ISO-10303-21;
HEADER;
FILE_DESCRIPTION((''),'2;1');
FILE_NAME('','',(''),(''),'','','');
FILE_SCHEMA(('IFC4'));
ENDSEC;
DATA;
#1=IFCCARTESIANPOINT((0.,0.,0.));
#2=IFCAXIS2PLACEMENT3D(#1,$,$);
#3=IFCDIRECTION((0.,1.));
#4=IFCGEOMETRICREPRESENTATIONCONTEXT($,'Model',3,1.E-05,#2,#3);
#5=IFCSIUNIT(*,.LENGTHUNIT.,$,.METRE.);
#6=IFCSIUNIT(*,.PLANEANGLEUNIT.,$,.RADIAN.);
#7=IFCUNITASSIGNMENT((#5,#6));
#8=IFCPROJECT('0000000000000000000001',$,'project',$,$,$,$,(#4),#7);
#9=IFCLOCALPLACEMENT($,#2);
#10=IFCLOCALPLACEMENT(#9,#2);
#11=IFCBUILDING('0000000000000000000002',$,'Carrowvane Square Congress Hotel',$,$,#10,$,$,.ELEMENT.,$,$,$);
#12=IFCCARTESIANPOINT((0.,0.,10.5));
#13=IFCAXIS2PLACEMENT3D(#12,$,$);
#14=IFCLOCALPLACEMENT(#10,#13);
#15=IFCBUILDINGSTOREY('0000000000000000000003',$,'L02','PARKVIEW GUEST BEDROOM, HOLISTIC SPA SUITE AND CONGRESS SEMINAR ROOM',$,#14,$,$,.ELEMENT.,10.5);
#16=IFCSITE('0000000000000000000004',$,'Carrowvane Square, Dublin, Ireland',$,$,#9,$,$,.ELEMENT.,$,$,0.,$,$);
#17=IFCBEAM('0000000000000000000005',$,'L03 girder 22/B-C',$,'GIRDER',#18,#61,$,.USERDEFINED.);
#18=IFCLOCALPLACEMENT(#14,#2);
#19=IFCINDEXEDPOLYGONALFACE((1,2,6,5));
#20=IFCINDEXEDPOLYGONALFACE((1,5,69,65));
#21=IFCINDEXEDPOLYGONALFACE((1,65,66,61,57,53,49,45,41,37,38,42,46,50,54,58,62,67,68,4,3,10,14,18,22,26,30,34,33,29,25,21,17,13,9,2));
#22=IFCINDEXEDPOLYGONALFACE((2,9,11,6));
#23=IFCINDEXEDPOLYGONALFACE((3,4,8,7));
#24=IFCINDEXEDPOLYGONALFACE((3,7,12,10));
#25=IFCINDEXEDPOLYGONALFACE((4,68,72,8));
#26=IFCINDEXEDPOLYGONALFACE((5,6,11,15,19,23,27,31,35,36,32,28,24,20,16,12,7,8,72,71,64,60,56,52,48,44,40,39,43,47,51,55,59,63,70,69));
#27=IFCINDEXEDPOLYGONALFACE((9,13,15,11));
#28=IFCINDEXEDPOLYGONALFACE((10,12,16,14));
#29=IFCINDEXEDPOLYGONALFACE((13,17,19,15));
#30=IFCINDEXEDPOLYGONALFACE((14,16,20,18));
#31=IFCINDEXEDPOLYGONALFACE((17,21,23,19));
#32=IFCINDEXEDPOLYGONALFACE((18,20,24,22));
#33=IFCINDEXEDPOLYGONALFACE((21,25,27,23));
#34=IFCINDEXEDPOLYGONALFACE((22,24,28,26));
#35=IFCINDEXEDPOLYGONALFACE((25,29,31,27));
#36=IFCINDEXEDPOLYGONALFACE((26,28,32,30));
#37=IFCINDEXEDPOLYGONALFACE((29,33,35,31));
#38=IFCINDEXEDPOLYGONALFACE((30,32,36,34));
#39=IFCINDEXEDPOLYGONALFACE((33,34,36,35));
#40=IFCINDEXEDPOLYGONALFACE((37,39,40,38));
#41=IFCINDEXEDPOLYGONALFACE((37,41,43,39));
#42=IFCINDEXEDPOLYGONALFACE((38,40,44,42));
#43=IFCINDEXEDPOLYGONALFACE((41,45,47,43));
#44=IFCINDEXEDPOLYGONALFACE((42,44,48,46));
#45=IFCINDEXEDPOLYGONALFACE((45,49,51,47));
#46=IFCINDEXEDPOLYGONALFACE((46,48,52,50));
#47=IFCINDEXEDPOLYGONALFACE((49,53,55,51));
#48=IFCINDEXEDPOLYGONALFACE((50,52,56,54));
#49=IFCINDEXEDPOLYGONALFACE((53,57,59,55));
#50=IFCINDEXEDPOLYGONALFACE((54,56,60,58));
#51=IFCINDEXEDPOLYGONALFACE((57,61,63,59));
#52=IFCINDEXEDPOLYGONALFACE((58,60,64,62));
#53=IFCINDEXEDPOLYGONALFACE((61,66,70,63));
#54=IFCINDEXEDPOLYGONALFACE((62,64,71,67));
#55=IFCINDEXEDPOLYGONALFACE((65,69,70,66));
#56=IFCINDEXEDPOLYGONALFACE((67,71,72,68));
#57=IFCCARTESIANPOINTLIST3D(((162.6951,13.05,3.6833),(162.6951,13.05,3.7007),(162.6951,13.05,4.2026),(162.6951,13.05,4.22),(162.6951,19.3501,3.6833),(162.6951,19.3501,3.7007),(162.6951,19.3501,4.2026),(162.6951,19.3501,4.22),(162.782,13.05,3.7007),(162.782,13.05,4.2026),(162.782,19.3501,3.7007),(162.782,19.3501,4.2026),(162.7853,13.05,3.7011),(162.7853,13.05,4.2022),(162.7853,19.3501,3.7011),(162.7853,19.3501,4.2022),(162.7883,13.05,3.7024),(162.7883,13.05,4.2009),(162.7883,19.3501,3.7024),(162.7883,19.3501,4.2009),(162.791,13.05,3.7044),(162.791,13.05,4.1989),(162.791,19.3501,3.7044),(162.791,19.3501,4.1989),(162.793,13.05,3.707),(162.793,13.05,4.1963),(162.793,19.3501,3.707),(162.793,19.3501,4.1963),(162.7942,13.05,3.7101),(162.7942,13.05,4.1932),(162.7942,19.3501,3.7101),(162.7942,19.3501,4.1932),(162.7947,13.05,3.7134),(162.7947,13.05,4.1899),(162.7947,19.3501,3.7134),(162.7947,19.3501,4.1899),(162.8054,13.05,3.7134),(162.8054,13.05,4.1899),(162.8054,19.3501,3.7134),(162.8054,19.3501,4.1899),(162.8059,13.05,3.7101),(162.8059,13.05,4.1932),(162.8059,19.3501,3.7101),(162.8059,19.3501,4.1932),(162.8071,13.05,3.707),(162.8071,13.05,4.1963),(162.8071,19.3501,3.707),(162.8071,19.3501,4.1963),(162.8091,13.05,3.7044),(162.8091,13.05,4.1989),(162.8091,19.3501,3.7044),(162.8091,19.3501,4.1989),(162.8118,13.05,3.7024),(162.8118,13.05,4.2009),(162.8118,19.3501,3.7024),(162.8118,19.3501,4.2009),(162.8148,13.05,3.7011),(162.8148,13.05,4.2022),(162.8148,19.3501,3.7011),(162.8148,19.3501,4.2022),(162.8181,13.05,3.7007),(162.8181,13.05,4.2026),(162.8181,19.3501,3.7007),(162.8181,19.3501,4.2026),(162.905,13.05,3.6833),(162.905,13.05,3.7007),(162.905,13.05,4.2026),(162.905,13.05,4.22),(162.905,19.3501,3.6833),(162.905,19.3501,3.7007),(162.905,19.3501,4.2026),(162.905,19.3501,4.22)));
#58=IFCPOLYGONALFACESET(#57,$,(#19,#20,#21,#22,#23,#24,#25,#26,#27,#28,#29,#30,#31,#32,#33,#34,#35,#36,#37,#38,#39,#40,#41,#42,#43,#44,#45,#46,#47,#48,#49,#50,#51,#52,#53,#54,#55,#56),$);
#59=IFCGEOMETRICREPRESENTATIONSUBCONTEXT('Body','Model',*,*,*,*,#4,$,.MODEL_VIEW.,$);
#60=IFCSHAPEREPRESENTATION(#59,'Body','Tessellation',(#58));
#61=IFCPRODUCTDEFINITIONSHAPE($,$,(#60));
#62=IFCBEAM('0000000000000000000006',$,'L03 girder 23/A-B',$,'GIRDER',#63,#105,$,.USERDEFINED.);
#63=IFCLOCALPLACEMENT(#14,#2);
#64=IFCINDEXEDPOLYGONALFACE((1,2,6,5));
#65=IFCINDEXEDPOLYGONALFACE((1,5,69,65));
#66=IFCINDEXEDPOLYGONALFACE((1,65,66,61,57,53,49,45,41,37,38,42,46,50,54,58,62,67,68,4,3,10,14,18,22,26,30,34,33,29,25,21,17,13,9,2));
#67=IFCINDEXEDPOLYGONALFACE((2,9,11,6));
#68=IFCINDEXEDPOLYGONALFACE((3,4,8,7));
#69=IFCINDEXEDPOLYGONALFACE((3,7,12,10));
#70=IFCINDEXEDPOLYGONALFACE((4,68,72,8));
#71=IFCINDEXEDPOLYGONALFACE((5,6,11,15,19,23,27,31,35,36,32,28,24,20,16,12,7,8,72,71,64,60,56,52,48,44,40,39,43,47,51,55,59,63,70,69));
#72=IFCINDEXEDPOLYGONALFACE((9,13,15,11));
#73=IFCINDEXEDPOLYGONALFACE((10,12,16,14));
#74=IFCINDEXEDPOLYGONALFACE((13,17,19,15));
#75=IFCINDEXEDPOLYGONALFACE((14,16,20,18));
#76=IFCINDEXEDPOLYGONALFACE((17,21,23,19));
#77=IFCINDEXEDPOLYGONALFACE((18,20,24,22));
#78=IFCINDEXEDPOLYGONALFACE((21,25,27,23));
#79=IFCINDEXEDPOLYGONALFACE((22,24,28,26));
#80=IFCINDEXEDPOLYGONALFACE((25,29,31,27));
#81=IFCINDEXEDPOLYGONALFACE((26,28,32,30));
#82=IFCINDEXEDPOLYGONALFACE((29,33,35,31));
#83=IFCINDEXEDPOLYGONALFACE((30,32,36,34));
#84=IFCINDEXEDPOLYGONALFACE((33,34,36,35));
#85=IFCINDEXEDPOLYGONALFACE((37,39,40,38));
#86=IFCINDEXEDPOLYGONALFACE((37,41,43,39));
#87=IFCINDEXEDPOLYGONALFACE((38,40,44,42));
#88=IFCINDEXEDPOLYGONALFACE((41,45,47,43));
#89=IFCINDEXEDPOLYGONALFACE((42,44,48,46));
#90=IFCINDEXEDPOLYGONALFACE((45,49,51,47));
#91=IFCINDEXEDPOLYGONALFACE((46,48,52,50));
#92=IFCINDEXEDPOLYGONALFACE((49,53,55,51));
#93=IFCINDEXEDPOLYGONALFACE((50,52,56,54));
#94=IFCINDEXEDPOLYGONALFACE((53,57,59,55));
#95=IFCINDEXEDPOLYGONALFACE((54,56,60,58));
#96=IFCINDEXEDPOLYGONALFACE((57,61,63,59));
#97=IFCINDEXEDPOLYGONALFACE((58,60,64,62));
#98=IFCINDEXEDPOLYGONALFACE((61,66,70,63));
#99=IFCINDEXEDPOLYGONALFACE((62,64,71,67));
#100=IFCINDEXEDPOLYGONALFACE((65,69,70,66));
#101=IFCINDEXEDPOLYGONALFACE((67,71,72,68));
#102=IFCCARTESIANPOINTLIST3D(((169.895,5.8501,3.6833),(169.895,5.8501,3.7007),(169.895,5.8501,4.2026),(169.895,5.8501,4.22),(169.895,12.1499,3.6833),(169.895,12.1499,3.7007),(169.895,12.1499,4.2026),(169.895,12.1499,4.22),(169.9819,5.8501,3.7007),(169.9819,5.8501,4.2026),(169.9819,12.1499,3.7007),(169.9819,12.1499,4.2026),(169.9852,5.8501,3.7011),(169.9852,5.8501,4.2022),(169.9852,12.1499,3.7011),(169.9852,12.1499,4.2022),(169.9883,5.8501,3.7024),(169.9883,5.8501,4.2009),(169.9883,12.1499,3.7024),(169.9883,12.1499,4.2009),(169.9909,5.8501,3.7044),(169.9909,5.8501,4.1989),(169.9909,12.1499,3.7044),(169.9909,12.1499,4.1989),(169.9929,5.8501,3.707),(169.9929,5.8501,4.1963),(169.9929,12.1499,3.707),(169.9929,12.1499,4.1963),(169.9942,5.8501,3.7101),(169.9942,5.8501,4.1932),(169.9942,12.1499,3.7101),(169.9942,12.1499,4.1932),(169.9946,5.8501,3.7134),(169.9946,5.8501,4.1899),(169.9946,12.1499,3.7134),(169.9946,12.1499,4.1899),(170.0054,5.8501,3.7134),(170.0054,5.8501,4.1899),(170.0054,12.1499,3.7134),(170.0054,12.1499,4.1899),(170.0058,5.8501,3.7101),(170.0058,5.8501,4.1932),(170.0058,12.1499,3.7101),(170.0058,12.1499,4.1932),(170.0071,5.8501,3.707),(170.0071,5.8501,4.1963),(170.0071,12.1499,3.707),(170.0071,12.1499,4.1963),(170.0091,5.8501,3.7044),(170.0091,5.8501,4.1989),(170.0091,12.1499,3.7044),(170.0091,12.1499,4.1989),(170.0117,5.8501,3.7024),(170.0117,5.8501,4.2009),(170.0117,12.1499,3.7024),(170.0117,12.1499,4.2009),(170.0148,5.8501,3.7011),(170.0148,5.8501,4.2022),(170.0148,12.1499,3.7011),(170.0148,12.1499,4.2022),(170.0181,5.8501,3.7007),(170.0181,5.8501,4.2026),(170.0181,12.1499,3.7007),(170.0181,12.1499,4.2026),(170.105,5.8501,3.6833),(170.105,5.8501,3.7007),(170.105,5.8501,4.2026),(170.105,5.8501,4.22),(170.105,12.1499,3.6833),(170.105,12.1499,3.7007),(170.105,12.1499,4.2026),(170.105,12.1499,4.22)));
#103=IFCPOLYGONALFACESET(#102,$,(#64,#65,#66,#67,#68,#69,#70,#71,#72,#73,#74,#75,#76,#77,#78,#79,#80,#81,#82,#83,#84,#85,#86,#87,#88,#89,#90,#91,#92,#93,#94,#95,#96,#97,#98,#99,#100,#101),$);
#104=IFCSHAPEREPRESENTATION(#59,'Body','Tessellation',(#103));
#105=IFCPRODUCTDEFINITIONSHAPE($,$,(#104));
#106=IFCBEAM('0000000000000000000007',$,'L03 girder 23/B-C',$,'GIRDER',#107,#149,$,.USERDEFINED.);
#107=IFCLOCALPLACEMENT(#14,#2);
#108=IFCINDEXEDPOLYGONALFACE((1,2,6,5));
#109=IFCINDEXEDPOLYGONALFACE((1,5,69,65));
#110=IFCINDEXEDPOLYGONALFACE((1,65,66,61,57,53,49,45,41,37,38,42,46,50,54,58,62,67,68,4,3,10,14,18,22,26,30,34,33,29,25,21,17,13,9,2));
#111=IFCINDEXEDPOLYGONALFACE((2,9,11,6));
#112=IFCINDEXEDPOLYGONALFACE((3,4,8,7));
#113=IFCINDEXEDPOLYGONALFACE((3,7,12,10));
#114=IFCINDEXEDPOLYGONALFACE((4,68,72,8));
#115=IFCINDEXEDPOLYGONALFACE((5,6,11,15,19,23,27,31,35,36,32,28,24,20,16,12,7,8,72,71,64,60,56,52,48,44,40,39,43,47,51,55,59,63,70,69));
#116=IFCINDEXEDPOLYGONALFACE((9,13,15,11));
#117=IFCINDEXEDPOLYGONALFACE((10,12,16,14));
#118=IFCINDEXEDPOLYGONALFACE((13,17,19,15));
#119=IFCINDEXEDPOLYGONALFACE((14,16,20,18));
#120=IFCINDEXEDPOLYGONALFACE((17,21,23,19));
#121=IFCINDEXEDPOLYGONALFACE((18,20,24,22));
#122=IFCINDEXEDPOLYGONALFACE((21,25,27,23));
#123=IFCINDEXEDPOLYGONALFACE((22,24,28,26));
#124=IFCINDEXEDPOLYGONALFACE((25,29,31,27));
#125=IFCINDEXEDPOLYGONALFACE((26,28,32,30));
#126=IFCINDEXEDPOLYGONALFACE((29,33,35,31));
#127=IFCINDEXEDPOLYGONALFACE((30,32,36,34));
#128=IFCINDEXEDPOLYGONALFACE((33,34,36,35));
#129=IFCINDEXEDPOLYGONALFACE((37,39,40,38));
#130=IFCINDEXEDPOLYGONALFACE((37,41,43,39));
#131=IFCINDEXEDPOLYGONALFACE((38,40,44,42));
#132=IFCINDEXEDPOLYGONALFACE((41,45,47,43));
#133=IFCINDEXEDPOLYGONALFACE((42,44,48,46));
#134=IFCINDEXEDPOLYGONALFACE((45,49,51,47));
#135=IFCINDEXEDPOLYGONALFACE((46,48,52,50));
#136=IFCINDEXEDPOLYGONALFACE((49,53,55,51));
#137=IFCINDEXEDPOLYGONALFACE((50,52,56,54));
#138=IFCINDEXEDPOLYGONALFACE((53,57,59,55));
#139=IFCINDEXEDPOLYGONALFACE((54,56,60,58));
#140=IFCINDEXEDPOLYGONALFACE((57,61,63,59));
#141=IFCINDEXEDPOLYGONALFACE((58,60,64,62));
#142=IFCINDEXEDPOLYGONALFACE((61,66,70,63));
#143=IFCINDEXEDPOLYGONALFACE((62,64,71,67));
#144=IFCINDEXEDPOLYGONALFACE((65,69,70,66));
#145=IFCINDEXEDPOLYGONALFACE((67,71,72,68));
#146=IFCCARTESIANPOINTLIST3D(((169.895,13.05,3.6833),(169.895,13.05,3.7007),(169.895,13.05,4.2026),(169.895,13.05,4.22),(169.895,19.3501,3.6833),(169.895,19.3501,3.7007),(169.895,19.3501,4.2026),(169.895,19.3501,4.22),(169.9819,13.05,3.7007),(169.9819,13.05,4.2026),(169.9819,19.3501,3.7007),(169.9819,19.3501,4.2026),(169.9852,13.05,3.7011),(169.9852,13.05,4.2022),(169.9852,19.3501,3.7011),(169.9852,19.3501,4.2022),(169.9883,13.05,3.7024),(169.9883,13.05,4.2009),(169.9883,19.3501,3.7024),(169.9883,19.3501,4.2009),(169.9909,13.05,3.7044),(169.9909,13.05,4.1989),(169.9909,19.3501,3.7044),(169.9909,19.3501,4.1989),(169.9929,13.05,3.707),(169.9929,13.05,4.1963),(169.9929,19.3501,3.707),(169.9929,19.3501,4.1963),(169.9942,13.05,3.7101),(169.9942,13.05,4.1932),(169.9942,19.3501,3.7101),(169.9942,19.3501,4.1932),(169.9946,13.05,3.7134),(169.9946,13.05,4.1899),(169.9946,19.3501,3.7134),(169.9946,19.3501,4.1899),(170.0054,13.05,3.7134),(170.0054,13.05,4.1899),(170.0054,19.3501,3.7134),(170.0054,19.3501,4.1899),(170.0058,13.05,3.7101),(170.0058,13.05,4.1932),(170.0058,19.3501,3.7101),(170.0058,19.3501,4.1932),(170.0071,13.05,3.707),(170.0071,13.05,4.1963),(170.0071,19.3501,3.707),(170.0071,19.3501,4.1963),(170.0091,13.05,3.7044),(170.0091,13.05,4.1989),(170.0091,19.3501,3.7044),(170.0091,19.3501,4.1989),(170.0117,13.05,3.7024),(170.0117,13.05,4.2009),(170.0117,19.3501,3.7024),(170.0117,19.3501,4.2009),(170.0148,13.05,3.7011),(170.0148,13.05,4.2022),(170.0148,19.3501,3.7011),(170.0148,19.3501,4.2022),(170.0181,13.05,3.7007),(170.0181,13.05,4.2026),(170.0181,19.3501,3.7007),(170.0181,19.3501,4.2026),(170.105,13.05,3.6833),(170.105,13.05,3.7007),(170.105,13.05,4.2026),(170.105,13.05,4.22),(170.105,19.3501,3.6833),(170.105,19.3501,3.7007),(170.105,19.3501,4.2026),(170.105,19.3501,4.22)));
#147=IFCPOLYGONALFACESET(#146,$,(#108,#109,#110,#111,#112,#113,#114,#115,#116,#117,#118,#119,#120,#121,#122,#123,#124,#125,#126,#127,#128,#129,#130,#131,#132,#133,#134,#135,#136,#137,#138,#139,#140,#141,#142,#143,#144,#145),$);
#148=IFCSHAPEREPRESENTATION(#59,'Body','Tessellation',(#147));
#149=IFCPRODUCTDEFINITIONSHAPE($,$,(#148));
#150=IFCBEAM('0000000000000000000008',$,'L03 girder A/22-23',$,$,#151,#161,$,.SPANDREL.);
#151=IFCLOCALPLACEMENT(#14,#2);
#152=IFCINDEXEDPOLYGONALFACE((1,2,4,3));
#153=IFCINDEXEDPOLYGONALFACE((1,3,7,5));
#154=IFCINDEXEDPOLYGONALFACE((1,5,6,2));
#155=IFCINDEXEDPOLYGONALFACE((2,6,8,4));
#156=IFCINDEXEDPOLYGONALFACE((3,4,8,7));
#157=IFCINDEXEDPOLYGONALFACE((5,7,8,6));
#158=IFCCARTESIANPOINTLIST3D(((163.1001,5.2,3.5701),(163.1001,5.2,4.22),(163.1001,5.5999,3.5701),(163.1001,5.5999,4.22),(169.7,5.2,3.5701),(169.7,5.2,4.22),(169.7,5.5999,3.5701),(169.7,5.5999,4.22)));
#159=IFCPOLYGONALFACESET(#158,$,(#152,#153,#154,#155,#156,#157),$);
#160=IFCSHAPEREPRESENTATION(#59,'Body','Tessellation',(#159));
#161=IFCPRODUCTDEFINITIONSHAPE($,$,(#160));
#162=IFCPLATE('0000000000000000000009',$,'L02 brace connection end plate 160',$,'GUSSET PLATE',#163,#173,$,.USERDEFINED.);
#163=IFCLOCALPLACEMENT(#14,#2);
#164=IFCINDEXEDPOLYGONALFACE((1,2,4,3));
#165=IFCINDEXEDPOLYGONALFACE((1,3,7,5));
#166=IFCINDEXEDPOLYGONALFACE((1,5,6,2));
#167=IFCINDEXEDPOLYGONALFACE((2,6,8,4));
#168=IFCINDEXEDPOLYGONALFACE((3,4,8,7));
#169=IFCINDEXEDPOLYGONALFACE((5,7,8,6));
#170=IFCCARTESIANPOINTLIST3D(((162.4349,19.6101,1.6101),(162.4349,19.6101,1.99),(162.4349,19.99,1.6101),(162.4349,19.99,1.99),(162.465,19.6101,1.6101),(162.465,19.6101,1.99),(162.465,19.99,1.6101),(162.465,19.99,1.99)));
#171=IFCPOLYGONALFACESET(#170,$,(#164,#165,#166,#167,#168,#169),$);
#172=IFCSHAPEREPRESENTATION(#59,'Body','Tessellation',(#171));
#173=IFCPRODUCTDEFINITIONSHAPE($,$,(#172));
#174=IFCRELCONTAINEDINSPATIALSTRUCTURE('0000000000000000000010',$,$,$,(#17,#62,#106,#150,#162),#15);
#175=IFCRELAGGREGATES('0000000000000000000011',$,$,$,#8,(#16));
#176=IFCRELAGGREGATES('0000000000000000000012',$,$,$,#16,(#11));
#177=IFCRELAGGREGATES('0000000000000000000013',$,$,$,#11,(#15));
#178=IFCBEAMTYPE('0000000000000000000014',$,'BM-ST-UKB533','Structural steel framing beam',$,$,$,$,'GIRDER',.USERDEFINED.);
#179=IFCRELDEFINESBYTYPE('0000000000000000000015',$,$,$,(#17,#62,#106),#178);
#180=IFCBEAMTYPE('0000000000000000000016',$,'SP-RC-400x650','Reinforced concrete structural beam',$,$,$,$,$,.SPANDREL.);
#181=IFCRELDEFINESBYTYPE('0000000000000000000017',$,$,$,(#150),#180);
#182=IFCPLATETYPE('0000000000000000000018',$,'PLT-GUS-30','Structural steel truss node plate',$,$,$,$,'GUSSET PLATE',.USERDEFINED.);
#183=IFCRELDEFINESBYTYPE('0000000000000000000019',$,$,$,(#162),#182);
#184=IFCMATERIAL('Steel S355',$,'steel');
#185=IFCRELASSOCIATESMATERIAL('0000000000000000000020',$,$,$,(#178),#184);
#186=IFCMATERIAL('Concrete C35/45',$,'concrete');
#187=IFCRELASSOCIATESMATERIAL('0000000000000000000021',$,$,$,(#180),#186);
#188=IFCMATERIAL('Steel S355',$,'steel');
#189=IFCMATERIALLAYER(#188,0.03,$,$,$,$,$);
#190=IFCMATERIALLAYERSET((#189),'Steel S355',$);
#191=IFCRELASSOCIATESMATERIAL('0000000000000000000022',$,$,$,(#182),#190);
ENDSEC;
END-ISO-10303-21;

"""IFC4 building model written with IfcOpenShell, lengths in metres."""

from ifc_helpers import new_model, si_unit, direction, frame, origin, origin_2d, place, context, subcontext, project, spatial, rectangle, i_section, extrude, material, layer, layer_set, material_profile, profile_set, type_object, element, save


model = new_model("IFC4")

# Units and contexts
model_context = context("Model", 3, precision=1e-05, world=origin(), true_north=direction((0.0, 1.0)))
body_context = subcontext(model_context, "Body", "Model", "MODEL_VIEW")
ifc_project = project(units=[si_unit("LENGTHUNIT", "METRE"), si_unit("PLANEANGLEUNIT", "RADIAN")], contexts=[model_context])

# Site, building, storey
site_placement = place(None, origin())
site = spatial("IfcSite", under=ifc_project, at=site_placement, Name="Carrowvane Square, Dublin, Ireland", CompositionType="ELEMENT", RefElevation=0.0)
building_placement = place(site_placement, origin())
building = spatial("IfcBuilding", under=site, at=building_placement, Name="Carrowvane Square Congress Hotel", CompositionType="ELEMENT")
storey_placement = place(building_placement, frame((0.0, 0.0, 10.5)))
storey = spatial("IfcBuildingStorey", under=building, at=storey_placement, Name="L02", Description="PARKVIEW GUEST BEDROOM, HOLISTIC SPA SUITE AND CONGRESS SEMINAR ROOM", CompositionType="ELEMENT", Elevation=10.5)

# Beams
ifc_material_1 = material(Name="Steel S355", Category="steel")
ifc_material_profile_1 = material_profile(ifc_material_1, i_section(OverallWidth=0.21, OverallDepth=0.5366, WebThickness=0.0107, FlangeThickness=0.0173, FilletRadius=0.0127, at=origin_2d()), Name="UKB 533x210x101")
ifc_profile_set_1 = profile_set([ifc_material_profile_1], Name="Steel S355")
beam_type_1 = type_object("IfcBeamType", Name="BM-ST-UKB533", Description="Structural steel framing beam", ElementType="GIRDER", PredefinedType="USERDEFINED", material=ifc_profile_set_1)
beam_1_placement = place(storey_placement, frame((162.8, 13.05, 3.9517), z_axis=(0.0, 1.0, 0.0), x_axis=(-1.0, 0.0, 0.0)))
element("IfcBeam", 1, at=beam_1_placement, inside=storey, type_object=beam_type_1, Name="L03 girder 22/B-C", ObjectType="GIRDER", PredefinedType="USERDEFINED", context=body_context, shape_type="SweptSolid", body=[
    extrude(i_section(OverallWidth=0.21, OverallDepth=0.5366, WebThickness=0.0107, FlangeThickness=0.0173, FilletRadius=0.0127, at=origin_2d()), origin(), (0.0, 0.0, 1.0), 6.3),
])
beam_2_placement = place(storey_placement, frame((170.0, 5.8501, 3.9517), z_axis=(0.0, 1.0, 0.0), x_axis=(-1.0, 0.0, 0.0)))
element("IfcBeam", 2, at=beam_2_placement, inside=storey, type_object=beam_type_1, Name="L03 girder 23/A-B", ObjectType="GIRDER", PredefinedType="USERDEFINED", context=body_context, shape_type="SweptSolid", body=[
    extrude(i_section(OverallWidth=0.21, OverallDepth=0.5366, WebThickness=0.0107, FlangeThickness=0.0173, FilletRadius=0.0127, at=origin_2d()), origin(), (0.0, 0.0, 1.0), 6.2998),
])
beam_3_placement = place(storey_placement, frame((170.0, 13.05, 3.9517), z_axis=(0.0, 1.0, 0.0), x_axis=(-1.0, 0.0, 0.0)))
element("IfcBeam", 3, at=beam_3_placement, inside=storey, type_object=beam_type_1, Name="L03 girder 23/B-C", ObjectType="GIRDER", PredefinedType="USERDEFINED", context=body_context, shape_type="SweptSolid", body=[
    extrude(i_section(OverallWidth=0.21, OverallDepth=0.5366, WebThickness=0.0107, FlangeThickness=0.0173, FilletRadius=0.0127, at=origin_2d()), origin(), (0.0, 0.0, 1.0), 6.3),
])
ifc_material_2 = material(Name="Concrete C35/45", Category="concrete")
ifc_material_profile_2 = material_profile(ifc_material_2, rectangle(XDim=0.3999, YDim=0.6499, at=origin_2d()), Name="RC 400x650")
ifc_profile_set_2 = profile_set([ifc_material_profile_2], Name="Concrete C35/45")
beam_type_2 = type_object("IfcBeamType", Name="SP-RC-400x650", Description="Reinforced concrete structural beam", PredefinedType="SPANDREL", material=ifc_profile_set_2)
beam_4_placement = place(storey_placement, frame((163.1001, 5.3999, 3.895), z_axis=(1.0, 0.0, 0.0), x_axis=(0.0, 1.0, 0.0)))
element("IfcBeam", 4, at=beam_4_placement, inside=storey, type_object=beam_type_2, Name="L03 girder A/22-23", PredefinedType="SPANDREL", context=body_context, shape_type="SweptSolid", body=[
    extrude(rectangle(XDim=0.3999, YDim=0.6499, at=origin_2d()), origin(), (0.0, 0.0, 1.0), 6.5999),
])

# Plate
ifc_material_3 = material(Name="Steel S355", Category="steel")
ifc_layer_1 = layer(ifc_material_3, 0.03)
ifc_layer_set_1 = layer_set([ifc_layer_1], Name="Steel S355")
plate_type = type_object("IfcPlateType", Name="PLT-GUS-30", Description="Structural steel truss node plate", ElementType="GUSSET PLATE", PredefinedType="USERDEFINED", material=ifc_layer_set_1)
plate_placement = place(storey_placement, frame((162.45, 19.8, 1.6101), z_axis=(0.0, 0.0, 1.0), x_axis=(1.0, 0.0, 0.0)))
element("IfcPlate", 5, at=plate_placement, inside=storey, type_object=plate_type, Name="L02 brace connection end plate 160", ObjectType="GUSSET PLATE", PredefinedType="USERDEFINED", context=body_context, shape_type="SweptSolid", body=[
    extrude(rectangle(XDim=0.03, YDim=0.3799, at=origin_2d()), origin(), (0.0, 0.0, 1.0), 0.3799),
])

save(model, "model.ifc")
